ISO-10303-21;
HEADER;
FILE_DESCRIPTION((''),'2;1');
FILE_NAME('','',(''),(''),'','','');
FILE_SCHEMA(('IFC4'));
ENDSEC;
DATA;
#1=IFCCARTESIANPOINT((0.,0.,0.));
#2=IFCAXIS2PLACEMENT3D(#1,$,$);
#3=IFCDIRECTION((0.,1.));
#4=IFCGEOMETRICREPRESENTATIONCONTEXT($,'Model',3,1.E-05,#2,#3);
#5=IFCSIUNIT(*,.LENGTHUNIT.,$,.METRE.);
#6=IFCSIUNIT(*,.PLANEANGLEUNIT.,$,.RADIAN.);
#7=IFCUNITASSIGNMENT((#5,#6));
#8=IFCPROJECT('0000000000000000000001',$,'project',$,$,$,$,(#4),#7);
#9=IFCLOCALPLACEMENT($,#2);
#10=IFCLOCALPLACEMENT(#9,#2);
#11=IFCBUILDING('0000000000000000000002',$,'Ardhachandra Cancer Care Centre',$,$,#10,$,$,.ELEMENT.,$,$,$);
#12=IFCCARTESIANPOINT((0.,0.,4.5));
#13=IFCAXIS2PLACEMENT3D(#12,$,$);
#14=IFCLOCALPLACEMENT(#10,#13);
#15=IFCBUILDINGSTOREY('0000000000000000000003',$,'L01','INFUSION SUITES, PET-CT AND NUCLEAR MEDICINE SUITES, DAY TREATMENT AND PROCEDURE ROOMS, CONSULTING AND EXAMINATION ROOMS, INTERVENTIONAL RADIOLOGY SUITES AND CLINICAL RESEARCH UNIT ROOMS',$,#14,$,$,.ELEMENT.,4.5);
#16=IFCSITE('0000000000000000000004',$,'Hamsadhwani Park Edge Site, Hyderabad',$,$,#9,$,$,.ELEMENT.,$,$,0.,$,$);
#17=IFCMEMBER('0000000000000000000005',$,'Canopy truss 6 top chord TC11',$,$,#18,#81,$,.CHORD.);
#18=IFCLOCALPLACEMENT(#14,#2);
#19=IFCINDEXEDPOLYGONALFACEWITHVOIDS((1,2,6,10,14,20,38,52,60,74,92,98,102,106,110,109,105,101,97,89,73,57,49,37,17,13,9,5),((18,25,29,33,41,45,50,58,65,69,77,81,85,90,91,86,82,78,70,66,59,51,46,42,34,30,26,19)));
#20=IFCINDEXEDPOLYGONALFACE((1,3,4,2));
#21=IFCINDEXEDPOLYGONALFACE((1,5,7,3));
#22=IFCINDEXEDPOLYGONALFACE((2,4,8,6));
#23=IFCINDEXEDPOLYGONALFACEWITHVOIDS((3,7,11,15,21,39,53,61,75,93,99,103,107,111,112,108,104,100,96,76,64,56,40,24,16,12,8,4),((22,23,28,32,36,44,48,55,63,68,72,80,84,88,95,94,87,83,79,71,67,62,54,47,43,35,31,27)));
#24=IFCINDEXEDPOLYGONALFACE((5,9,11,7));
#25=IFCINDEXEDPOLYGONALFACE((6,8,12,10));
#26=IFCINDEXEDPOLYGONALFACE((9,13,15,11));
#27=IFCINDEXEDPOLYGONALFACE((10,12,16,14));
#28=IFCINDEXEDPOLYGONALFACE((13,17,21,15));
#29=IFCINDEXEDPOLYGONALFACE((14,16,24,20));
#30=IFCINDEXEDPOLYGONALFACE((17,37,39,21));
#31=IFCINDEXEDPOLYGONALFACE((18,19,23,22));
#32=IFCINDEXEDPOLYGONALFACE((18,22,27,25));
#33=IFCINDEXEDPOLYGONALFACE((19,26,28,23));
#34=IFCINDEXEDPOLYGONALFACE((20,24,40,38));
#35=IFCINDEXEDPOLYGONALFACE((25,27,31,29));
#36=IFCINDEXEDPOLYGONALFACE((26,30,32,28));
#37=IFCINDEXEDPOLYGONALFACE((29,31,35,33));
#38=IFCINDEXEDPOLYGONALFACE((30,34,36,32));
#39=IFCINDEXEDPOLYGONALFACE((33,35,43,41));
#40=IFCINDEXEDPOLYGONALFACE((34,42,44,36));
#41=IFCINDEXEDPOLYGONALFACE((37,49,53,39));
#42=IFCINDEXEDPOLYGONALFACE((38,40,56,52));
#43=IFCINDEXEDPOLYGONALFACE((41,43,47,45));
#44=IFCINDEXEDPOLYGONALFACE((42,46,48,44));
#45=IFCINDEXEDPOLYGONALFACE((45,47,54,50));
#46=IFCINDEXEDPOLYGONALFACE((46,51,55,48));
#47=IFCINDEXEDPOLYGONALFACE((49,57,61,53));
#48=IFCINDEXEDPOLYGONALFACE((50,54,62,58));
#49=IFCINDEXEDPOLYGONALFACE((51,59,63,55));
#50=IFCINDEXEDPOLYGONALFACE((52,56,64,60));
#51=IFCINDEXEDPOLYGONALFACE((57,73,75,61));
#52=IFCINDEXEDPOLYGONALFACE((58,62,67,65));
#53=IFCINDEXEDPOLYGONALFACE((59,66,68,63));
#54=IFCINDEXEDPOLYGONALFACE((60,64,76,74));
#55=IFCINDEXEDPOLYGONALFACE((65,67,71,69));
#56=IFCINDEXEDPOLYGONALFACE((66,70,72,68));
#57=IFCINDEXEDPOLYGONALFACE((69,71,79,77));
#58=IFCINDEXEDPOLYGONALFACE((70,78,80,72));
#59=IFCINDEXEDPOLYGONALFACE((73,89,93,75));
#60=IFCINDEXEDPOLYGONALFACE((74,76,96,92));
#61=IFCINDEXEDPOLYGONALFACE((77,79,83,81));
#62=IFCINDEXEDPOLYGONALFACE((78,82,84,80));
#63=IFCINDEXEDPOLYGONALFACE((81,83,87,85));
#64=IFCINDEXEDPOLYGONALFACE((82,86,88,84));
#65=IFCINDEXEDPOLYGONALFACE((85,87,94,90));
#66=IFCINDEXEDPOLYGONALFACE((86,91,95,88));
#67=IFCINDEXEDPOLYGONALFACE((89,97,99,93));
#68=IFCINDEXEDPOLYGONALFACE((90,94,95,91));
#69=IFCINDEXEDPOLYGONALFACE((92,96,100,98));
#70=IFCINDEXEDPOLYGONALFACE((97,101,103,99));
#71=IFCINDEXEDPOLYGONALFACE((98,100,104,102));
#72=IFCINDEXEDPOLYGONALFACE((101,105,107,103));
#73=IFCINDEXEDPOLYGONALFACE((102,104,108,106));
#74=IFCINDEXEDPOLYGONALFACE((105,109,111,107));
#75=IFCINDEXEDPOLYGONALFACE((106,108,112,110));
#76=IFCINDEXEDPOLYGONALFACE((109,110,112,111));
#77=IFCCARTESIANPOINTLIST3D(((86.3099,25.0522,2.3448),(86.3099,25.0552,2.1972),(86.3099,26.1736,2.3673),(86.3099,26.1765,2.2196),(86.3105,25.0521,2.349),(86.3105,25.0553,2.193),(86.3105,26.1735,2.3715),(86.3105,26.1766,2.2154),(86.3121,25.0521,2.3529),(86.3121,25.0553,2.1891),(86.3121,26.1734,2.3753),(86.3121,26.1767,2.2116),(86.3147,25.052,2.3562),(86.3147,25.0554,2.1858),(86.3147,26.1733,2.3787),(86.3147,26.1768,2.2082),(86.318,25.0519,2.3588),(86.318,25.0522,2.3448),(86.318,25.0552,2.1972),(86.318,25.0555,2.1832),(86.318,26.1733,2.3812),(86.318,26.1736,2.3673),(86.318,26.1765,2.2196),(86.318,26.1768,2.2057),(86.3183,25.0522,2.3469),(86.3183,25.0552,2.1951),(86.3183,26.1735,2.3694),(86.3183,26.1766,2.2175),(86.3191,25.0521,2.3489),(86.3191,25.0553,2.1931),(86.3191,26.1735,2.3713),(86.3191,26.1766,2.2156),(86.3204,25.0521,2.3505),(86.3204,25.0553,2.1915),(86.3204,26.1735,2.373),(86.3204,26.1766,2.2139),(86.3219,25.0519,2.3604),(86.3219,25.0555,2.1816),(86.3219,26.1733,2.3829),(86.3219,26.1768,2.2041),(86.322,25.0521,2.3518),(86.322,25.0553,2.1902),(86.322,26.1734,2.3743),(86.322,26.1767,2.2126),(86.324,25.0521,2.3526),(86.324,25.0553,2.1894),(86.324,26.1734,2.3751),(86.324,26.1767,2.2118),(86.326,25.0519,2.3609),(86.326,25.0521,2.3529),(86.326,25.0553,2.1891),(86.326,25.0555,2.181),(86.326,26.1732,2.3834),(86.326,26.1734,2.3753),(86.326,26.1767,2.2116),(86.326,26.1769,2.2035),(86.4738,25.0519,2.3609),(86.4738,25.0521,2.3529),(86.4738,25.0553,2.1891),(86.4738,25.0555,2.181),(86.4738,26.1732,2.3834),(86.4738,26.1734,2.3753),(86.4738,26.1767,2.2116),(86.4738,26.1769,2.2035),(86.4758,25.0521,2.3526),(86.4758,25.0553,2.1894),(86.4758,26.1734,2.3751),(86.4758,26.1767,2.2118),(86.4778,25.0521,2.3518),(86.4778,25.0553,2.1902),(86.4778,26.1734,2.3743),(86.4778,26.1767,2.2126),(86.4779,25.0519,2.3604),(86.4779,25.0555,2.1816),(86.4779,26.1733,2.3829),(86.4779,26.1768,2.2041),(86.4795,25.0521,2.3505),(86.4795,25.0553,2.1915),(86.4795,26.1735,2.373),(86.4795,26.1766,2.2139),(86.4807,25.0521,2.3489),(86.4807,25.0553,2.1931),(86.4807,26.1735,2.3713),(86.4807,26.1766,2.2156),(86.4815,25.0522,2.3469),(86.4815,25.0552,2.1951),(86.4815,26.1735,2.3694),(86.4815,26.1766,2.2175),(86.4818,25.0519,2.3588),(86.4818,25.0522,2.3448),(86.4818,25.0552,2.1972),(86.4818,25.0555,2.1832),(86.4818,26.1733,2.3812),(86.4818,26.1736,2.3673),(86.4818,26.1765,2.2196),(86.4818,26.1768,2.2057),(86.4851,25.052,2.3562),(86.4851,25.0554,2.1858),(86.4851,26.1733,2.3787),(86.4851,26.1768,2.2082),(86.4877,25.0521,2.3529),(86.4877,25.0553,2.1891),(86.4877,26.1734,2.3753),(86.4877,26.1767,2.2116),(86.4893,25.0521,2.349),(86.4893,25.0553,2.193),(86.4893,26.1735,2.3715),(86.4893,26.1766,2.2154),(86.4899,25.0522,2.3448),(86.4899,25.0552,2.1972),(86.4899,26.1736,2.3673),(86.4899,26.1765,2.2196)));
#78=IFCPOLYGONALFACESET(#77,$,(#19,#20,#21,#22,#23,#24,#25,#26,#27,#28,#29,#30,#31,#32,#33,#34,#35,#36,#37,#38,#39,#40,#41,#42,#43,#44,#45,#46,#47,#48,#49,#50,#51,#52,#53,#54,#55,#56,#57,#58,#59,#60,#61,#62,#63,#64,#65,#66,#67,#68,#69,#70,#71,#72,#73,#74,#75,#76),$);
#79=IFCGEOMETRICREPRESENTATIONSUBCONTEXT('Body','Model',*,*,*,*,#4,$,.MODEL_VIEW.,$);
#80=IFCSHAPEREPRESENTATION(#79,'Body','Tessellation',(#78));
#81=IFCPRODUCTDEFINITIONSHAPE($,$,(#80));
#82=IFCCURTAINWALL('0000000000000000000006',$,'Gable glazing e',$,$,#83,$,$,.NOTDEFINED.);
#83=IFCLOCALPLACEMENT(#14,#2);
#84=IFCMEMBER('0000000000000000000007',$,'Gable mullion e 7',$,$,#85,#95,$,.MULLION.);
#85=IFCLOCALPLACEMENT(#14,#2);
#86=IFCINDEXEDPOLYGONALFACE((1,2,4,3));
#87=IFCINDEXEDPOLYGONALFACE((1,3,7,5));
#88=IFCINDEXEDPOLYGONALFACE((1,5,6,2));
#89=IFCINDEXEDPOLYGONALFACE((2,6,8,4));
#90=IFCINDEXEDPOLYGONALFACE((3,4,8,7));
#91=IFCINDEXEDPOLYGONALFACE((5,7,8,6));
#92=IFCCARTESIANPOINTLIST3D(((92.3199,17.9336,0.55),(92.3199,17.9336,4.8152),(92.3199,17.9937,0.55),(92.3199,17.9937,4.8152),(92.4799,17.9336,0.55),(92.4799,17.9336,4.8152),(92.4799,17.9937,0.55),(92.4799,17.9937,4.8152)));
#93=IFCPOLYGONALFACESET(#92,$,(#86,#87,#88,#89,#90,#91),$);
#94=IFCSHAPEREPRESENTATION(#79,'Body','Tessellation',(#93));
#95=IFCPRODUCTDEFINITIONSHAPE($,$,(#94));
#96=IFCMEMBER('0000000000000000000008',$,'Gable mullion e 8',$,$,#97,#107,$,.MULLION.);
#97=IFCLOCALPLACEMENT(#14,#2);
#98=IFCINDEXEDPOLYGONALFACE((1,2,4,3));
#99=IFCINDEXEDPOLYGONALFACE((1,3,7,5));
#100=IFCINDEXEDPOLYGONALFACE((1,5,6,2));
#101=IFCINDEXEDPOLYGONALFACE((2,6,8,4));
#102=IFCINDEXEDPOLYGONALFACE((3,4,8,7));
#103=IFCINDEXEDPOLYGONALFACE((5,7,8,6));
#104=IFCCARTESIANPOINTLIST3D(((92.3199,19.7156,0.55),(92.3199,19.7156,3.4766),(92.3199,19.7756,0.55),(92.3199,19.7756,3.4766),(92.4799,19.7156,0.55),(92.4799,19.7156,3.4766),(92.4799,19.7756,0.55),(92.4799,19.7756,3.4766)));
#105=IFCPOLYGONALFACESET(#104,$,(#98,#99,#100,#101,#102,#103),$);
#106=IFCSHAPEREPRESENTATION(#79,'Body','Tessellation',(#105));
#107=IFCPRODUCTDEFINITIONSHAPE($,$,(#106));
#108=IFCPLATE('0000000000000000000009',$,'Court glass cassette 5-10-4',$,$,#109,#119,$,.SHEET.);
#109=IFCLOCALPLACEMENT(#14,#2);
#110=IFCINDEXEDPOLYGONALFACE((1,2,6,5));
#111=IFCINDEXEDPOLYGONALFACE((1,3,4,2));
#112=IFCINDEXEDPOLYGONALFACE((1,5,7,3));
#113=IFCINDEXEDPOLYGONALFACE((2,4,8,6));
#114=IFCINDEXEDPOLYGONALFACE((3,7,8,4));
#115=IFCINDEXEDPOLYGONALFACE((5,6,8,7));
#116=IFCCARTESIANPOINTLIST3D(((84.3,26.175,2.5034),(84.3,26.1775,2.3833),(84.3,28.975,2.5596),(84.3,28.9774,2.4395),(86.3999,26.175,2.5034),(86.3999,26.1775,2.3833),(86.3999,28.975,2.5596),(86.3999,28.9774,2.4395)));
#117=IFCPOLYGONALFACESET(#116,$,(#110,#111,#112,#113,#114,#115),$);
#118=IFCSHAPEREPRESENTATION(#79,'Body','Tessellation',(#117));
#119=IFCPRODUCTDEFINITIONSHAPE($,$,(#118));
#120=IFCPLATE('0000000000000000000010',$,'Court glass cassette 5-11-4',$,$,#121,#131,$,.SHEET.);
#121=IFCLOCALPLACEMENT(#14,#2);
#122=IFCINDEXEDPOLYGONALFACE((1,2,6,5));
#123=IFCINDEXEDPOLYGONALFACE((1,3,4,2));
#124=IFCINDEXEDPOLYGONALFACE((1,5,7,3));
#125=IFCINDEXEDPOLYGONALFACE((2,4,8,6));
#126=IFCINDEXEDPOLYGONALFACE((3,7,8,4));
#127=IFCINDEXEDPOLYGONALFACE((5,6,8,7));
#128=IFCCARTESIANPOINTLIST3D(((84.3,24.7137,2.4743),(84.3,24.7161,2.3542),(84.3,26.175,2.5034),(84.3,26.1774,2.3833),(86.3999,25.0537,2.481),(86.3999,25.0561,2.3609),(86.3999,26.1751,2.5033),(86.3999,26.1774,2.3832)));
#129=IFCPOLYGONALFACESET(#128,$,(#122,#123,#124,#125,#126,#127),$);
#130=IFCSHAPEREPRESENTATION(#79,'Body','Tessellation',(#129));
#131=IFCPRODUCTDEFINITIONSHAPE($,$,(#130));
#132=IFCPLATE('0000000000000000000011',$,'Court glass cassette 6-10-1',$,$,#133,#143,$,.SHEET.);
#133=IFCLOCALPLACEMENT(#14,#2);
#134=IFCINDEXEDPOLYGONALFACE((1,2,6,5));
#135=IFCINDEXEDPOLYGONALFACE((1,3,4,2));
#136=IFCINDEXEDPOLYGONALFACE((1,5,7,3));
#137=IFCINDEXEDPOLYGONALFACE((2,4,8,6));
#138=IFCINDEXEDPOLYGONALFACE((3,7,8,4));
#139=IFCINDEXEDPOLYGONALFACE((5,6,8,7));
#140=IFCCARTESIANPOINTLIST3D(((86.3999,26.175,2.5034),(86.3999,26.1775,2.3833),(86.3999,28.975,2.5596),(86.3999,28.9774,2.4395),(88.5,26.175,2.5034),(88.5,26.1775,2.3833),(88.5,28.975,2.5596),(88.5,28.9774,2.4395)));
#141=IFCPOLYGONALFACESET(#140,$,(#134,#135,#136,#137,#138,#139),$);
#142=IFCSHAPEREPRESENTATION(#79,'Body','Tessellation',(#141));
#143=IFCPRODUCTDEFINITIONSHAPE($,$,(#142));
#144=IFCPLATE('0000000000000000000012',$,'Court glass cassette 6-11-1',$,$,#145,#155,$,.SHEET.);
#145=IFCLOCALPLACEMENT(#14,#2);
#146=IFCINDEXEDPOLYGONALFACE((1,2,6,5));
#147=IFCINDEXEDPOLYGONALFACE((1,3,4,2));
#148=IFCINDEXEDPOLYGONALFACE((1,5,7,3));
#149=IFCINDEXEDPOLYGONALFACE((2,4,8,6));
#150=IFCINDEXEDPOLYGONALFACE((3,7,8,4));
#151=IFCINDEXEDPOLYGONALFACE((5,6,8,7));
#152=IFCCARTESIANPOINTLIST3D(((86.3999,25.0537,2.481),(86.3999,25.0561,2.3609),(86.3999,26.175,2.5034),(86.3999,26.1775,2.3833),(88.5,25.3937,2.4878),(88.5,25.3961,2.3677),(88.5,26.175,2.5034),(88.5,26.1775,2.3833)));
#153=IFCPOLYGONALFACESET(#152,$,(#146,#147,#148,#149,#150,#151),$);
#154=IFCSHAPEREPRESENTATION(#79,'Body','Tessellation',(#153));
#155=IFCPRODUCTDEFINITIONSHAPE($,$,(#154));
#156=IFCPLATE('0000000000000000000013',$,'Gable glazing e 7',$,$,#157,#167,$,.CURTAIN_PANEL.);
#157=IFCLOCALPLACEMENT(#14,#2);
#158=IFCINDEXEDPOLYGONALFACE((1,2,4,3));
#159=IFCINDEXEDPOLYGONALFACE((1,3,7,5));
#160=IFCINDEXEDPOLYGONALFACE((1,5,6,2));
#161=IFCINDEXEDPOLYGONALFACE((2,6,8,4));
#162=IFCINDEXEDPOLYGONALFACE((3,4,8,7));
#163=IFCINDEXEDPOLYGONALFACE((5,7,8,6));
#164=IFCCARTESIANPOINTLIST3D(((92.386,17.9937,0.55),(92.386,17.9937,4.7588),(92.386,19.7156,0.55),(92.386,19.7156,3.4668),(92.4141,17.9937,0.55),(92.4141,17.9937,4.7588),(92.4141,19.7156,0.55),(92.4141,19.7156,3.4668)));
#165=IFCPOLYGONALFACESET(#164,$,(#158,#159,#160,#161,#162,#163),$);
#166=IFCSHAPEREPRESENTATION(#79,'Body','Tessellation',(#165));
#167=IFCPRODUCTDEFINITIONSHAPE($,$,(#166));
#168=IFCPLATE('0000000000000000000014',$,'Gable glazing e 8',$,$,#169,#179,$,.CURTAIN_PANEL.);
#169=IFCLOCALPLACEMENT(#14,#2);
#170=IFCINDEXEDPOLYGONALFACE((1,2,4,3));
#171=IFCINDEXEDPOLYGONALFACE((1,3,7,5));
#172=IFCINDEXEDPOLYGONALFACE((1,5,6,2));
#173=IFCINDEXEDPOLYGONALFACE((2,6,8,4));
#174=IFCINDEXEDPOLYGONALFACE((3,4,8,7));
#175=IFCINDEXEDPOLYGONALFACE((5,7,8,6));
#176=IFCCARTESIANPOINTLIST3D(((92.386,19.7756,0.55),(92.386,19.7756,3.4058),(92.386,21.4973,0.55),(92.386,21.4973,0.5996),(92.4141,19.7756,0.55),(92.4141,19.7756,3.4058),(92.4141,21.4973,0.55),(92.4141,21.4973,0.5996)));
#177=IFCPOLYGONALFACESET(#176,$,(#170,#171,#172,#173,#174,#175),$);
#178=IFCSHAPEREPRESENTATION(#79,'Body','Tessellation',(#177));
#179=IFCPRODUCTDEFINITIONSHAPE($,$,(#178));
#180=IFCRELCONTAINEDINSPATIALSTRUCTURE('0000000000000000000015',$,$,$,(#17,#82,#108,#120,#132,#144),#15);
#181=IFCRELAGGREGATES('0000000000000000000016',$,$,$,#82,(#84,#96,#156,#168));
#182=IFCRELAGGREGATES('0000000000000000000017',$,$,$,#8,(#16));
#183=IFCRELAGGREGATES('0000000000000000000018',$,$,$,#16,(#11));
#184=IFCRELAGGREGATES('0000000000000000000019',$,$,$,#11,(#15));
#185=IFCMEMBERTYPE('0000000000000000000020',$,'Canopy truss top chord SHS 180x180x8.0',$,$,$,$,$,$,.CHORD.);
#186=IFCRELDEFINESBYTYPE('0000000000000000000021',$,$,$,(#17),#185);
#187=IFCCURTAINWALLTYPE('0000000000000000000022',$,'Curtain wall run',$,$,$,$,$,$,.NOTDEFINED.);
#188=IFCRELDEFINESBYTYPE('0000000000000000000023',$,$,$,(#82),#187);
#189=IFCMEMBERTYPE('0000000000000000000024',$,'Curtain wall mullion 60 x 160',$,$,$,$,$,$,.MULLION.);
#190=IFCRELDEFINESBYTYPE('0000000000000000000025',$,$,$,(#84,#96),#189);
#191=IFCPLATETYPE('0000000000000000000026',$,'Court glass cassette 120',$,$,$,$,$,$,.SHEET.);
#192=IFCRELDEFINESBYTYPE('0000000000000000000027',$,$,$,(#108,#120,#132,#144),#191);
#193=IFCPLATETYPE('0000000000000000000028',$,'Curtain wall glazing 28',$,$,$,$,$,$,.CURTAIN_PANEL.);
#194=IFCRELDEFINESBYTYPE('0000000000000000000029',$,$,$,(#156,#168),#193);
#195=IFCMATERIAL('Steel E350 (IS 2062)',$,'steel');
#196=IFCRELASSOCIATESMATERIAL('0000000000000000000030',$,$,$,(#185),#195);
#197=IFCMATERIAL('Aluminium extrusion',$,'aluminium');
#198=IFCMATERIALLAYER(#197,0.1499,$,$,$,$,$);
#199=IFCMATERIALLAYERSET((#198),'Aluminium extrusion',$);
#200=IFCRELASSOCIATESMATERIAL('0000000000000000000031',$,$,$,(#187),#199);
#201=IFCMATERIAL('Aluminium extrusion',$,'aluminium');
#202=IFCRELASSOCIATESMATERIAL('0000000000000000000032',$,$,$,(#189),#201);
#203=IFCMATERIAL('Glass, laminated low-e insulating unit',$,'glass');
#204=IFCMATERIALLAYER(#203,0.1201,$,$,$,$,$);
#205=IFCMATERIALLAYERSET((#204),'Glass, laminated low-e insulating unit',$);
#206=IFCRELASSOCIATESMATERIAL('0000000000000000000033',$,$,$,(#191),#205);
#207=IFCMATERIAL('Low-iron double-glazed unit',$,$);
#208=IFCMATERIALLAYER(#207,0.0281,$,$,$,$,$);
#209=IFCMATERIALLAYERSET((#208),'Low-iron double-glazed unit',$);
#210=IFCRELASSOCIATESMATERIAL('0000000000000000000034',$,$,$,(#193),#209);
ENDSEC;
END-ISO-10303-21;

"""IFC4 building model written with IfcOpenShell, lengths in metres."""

from ifc_helpers import new_model, si_unit, direction, frame, origin, origin_2d, place, context, subcontext, project, spatial, polyline, rectangle, hollow_rectangle, outline, extrude, material, layer, layer_set, material_profile, profile_set, type_object, element, aggregate, save


model = new_model("IFC4")

# Units and contexts
model_context = context("Model", 3, precision=1e-05, world=origin(), true_north=direction((0.0, 1.0)))
body_context = subcontext(model_context, "Body", "Model", "MODEL_VIEW")
ifc_project = project(units=[si_unit("LENGTHUNIT", "METRE"), si_unit("PLANEANGLEUNIT", "RADIAN")], contexts=[model_context])

# Site, building, storey
site_placement = place(None, origin())
site = spatial("IfcSite", under=ifc_project, at=site_placement, Name="Hamsadhwani Park Edge Site, Hyderabad", CompositionType="ELEMENT", RefElevation=0.0)
building_placement = place(site_placement, origin())
building = spatial("IfcBuilding", under=site, at=building_placement, Name="Ardhachandra Cancer Care Centre", CompositionType="ELEMENT")
storey_placement = place(building_placement, frame((0.0, 0.0, 4.5)))
storey = spatial("IfcBuildingStorey", under=building, at=storey_placement, Name="L01", Description="INFUSION SUITES, PET-CT AND NUCLEAR MEDICINE SUITES, DAY TREATMENT AND PROCEDURE ROOMS, CONSULTING AND EXAMINATION ROOMS, INTERVENTIONAL RADIOLOGY SUITES AND CLINICAL RESEARCH UNIT ROOMS", CompositionType="ELEMENT", Elevation=4.5)

# Member
ifc_material_1 = material(Name="Steel E350 (IS 2062)", Category="steel")
ifc_material_profile_1 = material_profile(ifc_material_1, hollow_rectangle(XDim=0.1799, YDim=0.1799, WallThickness=0.0081, InnerFilletRadius=0.0081, OuterFilletRadius=0.0161, at=origin_2d()), Name="SHS 180x180x8.0")
ifc_profile_set_1 = profile_set([ifc_material_profile_1], Name="Steel E350 (IS 2062)")
member_type_1 = type_object("IfcMemberType", Name="Canopy truss top chord SHS 180x180x8.0", PredefinedType="CHORD", material=ifc_profile_set_1)
member_1_placement = place(storey_placement, frame((86.3999, 26.175, 2.2935), z_axis=(0.0, -0.999799, -0.020026), x_axis=(1.0, 0.0, 0.0)))
element("IfcMember", 1, at=member_1_placement, inside=storey, type_object=member_type_1, Name="Canopy truss 6 top chord TC11", PredefinedType="CHORD", context=body_context, shape_type="SweptSolid", body=[
    extrude(hollow_rectangle(XDim=0.1799, YDim=0.1799, WallThickness=0.0081, InnerFilletRadius=0.0081, OuterFilletRadius=0.0161, at=origin_2d()), origin(), (0.0, 0.0, 1.0), 1.1216),
])

# Curtain wall, members
ifc_material_2 = material(Name="Aluminium extrusion", Category="aluminium")
ifc_layer_1 = layer(ifc_material_2, 0.1499)
ifc_layer_set_1 = layer_set([ifc_layer_1], Name="Aluminium extrusion")
curtain_wall_type = type_object("IfcCurtainWallType", Name="Curtain wall run", PredefinedType="NOTDEFINED", material=ifc_layer_set_1)
curtain_wall_placement = place(storey_placement, origin())
curtain_wall = element("IfcCurtainWall", 2, at=curtain_wall_placement, inside=storey, type_object=curtain_wall_type, Name="Gable glazing e", PredefinedType="NOTDEFINED")
ifc_material_3 = material(Name="Aluminium extrusion", Category="aluminium")
ifc_material_profile_2 = material_profile(ifc_material_3, rectangle(XDim=0.1599, YDim=0.0601, at=origin_2d()), Name="Curtain wall mullion 60 x 160")
ifc_profile_set_2 = profile_set([ifc_material_profile_2], Name="Aluminium extrusion")
member_type_2 = type_object("IfcMemberType", Name="Curtain wall mullion 60 x 160", PredefinedType="MULLION", material=ifc_profile_set_2)
member_2_placement = place(storey_placement, frame((92.3999, 17.9636, 0.55), z_axis=(0.0, 0.0, 1.0), x_axis=(-1.0, 0.0, 0.0)))
member_2 = element("IfcMember", 3, at=member_2_placement, type_object=member_type_2, Name="Gable mullion e 7", PredefinedType="MULLION", context=body_context, shape_type="SweptSolid", body=[
    extrude(rectangle(XDim=0.1599, YDim=0.0601, at=origin_2d()), origin(), (0.0, 0.0, 1.0), 4.2651),
])
member_3_placement = place(storey_placement, frame((92.3999, 19.7456, 0.55), z_axis=(0.0, 0.0, 1.0), x_axis=(-1.0, 0.0, 0.0)))
member_3 = element("IfcMember", 4, at=member_3_placement, type_object=member_type_2, Name="Gable mullion e 8", PredefinedType="MULLION", context=body_context, shape_type="SweptSolid", body=[
    extrude(rectangle(XDim=0.1599, YDim=0.0601, at=origin_2d()), origin(), (0.0, 0.0, 1.0), 2.9265),
])

# Plates
ifc_material_4 = material(Name="Glass, laminated low-e insulating unit", Category="glass")
ifc_layer_2 = layer(ifc_material_4, 0.1201)
ifc_layer_set_2 = layer_set([ifc_layer_2], Name="Glass, laminated low-e insulating unit")
plate_type_1 = type_object("IfcPlateType", Name="Court glass cassette 120", PredefinedType="SHEET", material=ifc_layer_set_2)
plate_1_placement = place(storey_placement, frame((84.3, 26.175, 2.5034), z_axis=(0.0, -0.02005, 0.999799), x_axis=(0.0, 0.999799, 0.02005)))
element("IfcPlate", 5, at=plate_1_placement, inside=storey, type_object=plate_type_1, Name="Court glass cassette 5-10-4", PredefinedType="SHEET", context=body_context, shape_type="SweptSolid", body=[
    extrude(outline(polyline([(0.0, -2.0999), (2.8005, -2.0999), (2.8005, 0.0), (0.0, 0.0), (0.0, -2.0999)])), frame((0.0, 0.0, -0.1201)), (0.0, 0.0, 1.0), 0.1201),
])
plate_2_placement = place(storey_placement, frame((84.3, 26.175, 2.5034), z_axis=(0.000046, -0.019941, 0.999801), x_axis=(1.0, 0.000001, -0.000046)))
element("IfcPlate", 6, at=plate_2_placement, inside=storey, type_object=plate_type_1, Name="Court glass cassette 5-11-4", PredefinedType="SHEET", context=body_context, shape_type="SweptSolid", body=[
    extrude(outline(polyline([(0.0, -1.4617), (2.0999, -1.1216), (2.0999, 0.0), (0.0, 0.0), (0.0, -1.4617)])), frame((0.0, 0.0, -0.1201)), (0.0, 0.0, 1.0), 0.1201),
])
plate_3_placement = place(storey_placement, frame((86.3999, 26.175, 2.5034), z_axis=(0.0, -0.02005, 0.999799), x_axis=(0.0, 0.999799, 0.02005)))
element("IfcPlate", 7, at=plate_3_placement, inside=storey, type_object=plate_type_1, Name="Court glass cassette 6-10-1", PredefinedType="SHEET", context=body_context, shape_type="SweptSolid", body=[
    extrude(outline(polyline([(0.0, -2.1001), (2.8005, -2.1001), (2.8005, 0.0), (0.0, 0.0), (0.0, -2.1001)])), frame((0.0, 0.0, -0.1201)), (0.0, 0.0, 1.0), 0.1201),
])
plate_4_placement = place(storey_placement, frame((86.3999, 26.175, 2.5034), z_axis=(-0.000007, -0.020014, 0.9998), x_axis=(1.0, 0.0, 0.000007)))
element("IfcPlate", 8, at=plate_4_placement, inside=storey, type_object=plate_type_1, Name="Court glass cassette 6-11-1", PredefinedType="SHEET", context=body_context, shape_type="SweptSolid", body=[
    extrude(outline(polyline([(0.0, -1.1216), (2.1001, -0.7815), (2.1001, 0.0), (0.0, 0.0), (0.0, -1.1216)])), frame((0.0, 0.0, -0.1201)), (0.0, 0.0, 1.0), 0.1201),
])

# Plates
ifc_material_5 = material(Name="Low-iron double-glazed unit")
ifc_layer_3 = layer(ifc_material_5, 0.0281)
ifc_layer_set_3 = layer_set([ifc_layer_3], Name="Low-iron double-glazed unit")
plate_type_2 = type_object("IfcPlateType", Name="Curtain wall glazing 28", PredefinedType="CURTAIN_PANEL", material=ifc_layer_set_3)
plate_5_placement = place(storey_placement, frame((92.3999, 17.9937, 0.55), z_axis=(-1.0, 0.0, 0.0), x_axis=(0.0, 1.0, 0.0)))
plate_5 = element("IfcPlate", 9, at=plate_5_placement, type_object=plate_type_2, Name="Gable glazing e 7", PredefinedType="CURTAIN_PANEL", context=body_context, shape_type="SweptSolid", body=[
    extrude(outline(polyline([(0.0, -4.2087), (1.7219, -2.9167), (1.7219, 0.0), (0.0, 0.0), (0.0, -4.2087)])), frame((0.0, 0.0, -0.0142)), (0.0, 0.0, 1.0), 0.0281),
])
plate_6_placement = place(storey_placement, frame((92.3999, 19.7756, 0.55), z_axis=(-1.0, 0.0, 0.0), x_axis=(0.0, 1.0, 0.0)))
plate_6 = element("IfcPlate", 10, at=plate_6_placement, type_object=plate_type_2, Name="Gable glazing e 8", PredefinedType="CURTAIN_PANEL", context=body_context, shape_type="SweptSolid", body=[
    extrude(outline(polyline([(0.0, -2.8557), (1.7217, -0.0496), (1.7217, 0.0), (0.0, 0.0), (0.0, -2.8557)])), frame((0.0, 0.0, -0.0142)), (0.0, 0.0, 1.0), 0.0281),
])
aggregate(curtain_wall, [member_2, member_3, plate_5, plate_6])

save(model, "model.ifc")
